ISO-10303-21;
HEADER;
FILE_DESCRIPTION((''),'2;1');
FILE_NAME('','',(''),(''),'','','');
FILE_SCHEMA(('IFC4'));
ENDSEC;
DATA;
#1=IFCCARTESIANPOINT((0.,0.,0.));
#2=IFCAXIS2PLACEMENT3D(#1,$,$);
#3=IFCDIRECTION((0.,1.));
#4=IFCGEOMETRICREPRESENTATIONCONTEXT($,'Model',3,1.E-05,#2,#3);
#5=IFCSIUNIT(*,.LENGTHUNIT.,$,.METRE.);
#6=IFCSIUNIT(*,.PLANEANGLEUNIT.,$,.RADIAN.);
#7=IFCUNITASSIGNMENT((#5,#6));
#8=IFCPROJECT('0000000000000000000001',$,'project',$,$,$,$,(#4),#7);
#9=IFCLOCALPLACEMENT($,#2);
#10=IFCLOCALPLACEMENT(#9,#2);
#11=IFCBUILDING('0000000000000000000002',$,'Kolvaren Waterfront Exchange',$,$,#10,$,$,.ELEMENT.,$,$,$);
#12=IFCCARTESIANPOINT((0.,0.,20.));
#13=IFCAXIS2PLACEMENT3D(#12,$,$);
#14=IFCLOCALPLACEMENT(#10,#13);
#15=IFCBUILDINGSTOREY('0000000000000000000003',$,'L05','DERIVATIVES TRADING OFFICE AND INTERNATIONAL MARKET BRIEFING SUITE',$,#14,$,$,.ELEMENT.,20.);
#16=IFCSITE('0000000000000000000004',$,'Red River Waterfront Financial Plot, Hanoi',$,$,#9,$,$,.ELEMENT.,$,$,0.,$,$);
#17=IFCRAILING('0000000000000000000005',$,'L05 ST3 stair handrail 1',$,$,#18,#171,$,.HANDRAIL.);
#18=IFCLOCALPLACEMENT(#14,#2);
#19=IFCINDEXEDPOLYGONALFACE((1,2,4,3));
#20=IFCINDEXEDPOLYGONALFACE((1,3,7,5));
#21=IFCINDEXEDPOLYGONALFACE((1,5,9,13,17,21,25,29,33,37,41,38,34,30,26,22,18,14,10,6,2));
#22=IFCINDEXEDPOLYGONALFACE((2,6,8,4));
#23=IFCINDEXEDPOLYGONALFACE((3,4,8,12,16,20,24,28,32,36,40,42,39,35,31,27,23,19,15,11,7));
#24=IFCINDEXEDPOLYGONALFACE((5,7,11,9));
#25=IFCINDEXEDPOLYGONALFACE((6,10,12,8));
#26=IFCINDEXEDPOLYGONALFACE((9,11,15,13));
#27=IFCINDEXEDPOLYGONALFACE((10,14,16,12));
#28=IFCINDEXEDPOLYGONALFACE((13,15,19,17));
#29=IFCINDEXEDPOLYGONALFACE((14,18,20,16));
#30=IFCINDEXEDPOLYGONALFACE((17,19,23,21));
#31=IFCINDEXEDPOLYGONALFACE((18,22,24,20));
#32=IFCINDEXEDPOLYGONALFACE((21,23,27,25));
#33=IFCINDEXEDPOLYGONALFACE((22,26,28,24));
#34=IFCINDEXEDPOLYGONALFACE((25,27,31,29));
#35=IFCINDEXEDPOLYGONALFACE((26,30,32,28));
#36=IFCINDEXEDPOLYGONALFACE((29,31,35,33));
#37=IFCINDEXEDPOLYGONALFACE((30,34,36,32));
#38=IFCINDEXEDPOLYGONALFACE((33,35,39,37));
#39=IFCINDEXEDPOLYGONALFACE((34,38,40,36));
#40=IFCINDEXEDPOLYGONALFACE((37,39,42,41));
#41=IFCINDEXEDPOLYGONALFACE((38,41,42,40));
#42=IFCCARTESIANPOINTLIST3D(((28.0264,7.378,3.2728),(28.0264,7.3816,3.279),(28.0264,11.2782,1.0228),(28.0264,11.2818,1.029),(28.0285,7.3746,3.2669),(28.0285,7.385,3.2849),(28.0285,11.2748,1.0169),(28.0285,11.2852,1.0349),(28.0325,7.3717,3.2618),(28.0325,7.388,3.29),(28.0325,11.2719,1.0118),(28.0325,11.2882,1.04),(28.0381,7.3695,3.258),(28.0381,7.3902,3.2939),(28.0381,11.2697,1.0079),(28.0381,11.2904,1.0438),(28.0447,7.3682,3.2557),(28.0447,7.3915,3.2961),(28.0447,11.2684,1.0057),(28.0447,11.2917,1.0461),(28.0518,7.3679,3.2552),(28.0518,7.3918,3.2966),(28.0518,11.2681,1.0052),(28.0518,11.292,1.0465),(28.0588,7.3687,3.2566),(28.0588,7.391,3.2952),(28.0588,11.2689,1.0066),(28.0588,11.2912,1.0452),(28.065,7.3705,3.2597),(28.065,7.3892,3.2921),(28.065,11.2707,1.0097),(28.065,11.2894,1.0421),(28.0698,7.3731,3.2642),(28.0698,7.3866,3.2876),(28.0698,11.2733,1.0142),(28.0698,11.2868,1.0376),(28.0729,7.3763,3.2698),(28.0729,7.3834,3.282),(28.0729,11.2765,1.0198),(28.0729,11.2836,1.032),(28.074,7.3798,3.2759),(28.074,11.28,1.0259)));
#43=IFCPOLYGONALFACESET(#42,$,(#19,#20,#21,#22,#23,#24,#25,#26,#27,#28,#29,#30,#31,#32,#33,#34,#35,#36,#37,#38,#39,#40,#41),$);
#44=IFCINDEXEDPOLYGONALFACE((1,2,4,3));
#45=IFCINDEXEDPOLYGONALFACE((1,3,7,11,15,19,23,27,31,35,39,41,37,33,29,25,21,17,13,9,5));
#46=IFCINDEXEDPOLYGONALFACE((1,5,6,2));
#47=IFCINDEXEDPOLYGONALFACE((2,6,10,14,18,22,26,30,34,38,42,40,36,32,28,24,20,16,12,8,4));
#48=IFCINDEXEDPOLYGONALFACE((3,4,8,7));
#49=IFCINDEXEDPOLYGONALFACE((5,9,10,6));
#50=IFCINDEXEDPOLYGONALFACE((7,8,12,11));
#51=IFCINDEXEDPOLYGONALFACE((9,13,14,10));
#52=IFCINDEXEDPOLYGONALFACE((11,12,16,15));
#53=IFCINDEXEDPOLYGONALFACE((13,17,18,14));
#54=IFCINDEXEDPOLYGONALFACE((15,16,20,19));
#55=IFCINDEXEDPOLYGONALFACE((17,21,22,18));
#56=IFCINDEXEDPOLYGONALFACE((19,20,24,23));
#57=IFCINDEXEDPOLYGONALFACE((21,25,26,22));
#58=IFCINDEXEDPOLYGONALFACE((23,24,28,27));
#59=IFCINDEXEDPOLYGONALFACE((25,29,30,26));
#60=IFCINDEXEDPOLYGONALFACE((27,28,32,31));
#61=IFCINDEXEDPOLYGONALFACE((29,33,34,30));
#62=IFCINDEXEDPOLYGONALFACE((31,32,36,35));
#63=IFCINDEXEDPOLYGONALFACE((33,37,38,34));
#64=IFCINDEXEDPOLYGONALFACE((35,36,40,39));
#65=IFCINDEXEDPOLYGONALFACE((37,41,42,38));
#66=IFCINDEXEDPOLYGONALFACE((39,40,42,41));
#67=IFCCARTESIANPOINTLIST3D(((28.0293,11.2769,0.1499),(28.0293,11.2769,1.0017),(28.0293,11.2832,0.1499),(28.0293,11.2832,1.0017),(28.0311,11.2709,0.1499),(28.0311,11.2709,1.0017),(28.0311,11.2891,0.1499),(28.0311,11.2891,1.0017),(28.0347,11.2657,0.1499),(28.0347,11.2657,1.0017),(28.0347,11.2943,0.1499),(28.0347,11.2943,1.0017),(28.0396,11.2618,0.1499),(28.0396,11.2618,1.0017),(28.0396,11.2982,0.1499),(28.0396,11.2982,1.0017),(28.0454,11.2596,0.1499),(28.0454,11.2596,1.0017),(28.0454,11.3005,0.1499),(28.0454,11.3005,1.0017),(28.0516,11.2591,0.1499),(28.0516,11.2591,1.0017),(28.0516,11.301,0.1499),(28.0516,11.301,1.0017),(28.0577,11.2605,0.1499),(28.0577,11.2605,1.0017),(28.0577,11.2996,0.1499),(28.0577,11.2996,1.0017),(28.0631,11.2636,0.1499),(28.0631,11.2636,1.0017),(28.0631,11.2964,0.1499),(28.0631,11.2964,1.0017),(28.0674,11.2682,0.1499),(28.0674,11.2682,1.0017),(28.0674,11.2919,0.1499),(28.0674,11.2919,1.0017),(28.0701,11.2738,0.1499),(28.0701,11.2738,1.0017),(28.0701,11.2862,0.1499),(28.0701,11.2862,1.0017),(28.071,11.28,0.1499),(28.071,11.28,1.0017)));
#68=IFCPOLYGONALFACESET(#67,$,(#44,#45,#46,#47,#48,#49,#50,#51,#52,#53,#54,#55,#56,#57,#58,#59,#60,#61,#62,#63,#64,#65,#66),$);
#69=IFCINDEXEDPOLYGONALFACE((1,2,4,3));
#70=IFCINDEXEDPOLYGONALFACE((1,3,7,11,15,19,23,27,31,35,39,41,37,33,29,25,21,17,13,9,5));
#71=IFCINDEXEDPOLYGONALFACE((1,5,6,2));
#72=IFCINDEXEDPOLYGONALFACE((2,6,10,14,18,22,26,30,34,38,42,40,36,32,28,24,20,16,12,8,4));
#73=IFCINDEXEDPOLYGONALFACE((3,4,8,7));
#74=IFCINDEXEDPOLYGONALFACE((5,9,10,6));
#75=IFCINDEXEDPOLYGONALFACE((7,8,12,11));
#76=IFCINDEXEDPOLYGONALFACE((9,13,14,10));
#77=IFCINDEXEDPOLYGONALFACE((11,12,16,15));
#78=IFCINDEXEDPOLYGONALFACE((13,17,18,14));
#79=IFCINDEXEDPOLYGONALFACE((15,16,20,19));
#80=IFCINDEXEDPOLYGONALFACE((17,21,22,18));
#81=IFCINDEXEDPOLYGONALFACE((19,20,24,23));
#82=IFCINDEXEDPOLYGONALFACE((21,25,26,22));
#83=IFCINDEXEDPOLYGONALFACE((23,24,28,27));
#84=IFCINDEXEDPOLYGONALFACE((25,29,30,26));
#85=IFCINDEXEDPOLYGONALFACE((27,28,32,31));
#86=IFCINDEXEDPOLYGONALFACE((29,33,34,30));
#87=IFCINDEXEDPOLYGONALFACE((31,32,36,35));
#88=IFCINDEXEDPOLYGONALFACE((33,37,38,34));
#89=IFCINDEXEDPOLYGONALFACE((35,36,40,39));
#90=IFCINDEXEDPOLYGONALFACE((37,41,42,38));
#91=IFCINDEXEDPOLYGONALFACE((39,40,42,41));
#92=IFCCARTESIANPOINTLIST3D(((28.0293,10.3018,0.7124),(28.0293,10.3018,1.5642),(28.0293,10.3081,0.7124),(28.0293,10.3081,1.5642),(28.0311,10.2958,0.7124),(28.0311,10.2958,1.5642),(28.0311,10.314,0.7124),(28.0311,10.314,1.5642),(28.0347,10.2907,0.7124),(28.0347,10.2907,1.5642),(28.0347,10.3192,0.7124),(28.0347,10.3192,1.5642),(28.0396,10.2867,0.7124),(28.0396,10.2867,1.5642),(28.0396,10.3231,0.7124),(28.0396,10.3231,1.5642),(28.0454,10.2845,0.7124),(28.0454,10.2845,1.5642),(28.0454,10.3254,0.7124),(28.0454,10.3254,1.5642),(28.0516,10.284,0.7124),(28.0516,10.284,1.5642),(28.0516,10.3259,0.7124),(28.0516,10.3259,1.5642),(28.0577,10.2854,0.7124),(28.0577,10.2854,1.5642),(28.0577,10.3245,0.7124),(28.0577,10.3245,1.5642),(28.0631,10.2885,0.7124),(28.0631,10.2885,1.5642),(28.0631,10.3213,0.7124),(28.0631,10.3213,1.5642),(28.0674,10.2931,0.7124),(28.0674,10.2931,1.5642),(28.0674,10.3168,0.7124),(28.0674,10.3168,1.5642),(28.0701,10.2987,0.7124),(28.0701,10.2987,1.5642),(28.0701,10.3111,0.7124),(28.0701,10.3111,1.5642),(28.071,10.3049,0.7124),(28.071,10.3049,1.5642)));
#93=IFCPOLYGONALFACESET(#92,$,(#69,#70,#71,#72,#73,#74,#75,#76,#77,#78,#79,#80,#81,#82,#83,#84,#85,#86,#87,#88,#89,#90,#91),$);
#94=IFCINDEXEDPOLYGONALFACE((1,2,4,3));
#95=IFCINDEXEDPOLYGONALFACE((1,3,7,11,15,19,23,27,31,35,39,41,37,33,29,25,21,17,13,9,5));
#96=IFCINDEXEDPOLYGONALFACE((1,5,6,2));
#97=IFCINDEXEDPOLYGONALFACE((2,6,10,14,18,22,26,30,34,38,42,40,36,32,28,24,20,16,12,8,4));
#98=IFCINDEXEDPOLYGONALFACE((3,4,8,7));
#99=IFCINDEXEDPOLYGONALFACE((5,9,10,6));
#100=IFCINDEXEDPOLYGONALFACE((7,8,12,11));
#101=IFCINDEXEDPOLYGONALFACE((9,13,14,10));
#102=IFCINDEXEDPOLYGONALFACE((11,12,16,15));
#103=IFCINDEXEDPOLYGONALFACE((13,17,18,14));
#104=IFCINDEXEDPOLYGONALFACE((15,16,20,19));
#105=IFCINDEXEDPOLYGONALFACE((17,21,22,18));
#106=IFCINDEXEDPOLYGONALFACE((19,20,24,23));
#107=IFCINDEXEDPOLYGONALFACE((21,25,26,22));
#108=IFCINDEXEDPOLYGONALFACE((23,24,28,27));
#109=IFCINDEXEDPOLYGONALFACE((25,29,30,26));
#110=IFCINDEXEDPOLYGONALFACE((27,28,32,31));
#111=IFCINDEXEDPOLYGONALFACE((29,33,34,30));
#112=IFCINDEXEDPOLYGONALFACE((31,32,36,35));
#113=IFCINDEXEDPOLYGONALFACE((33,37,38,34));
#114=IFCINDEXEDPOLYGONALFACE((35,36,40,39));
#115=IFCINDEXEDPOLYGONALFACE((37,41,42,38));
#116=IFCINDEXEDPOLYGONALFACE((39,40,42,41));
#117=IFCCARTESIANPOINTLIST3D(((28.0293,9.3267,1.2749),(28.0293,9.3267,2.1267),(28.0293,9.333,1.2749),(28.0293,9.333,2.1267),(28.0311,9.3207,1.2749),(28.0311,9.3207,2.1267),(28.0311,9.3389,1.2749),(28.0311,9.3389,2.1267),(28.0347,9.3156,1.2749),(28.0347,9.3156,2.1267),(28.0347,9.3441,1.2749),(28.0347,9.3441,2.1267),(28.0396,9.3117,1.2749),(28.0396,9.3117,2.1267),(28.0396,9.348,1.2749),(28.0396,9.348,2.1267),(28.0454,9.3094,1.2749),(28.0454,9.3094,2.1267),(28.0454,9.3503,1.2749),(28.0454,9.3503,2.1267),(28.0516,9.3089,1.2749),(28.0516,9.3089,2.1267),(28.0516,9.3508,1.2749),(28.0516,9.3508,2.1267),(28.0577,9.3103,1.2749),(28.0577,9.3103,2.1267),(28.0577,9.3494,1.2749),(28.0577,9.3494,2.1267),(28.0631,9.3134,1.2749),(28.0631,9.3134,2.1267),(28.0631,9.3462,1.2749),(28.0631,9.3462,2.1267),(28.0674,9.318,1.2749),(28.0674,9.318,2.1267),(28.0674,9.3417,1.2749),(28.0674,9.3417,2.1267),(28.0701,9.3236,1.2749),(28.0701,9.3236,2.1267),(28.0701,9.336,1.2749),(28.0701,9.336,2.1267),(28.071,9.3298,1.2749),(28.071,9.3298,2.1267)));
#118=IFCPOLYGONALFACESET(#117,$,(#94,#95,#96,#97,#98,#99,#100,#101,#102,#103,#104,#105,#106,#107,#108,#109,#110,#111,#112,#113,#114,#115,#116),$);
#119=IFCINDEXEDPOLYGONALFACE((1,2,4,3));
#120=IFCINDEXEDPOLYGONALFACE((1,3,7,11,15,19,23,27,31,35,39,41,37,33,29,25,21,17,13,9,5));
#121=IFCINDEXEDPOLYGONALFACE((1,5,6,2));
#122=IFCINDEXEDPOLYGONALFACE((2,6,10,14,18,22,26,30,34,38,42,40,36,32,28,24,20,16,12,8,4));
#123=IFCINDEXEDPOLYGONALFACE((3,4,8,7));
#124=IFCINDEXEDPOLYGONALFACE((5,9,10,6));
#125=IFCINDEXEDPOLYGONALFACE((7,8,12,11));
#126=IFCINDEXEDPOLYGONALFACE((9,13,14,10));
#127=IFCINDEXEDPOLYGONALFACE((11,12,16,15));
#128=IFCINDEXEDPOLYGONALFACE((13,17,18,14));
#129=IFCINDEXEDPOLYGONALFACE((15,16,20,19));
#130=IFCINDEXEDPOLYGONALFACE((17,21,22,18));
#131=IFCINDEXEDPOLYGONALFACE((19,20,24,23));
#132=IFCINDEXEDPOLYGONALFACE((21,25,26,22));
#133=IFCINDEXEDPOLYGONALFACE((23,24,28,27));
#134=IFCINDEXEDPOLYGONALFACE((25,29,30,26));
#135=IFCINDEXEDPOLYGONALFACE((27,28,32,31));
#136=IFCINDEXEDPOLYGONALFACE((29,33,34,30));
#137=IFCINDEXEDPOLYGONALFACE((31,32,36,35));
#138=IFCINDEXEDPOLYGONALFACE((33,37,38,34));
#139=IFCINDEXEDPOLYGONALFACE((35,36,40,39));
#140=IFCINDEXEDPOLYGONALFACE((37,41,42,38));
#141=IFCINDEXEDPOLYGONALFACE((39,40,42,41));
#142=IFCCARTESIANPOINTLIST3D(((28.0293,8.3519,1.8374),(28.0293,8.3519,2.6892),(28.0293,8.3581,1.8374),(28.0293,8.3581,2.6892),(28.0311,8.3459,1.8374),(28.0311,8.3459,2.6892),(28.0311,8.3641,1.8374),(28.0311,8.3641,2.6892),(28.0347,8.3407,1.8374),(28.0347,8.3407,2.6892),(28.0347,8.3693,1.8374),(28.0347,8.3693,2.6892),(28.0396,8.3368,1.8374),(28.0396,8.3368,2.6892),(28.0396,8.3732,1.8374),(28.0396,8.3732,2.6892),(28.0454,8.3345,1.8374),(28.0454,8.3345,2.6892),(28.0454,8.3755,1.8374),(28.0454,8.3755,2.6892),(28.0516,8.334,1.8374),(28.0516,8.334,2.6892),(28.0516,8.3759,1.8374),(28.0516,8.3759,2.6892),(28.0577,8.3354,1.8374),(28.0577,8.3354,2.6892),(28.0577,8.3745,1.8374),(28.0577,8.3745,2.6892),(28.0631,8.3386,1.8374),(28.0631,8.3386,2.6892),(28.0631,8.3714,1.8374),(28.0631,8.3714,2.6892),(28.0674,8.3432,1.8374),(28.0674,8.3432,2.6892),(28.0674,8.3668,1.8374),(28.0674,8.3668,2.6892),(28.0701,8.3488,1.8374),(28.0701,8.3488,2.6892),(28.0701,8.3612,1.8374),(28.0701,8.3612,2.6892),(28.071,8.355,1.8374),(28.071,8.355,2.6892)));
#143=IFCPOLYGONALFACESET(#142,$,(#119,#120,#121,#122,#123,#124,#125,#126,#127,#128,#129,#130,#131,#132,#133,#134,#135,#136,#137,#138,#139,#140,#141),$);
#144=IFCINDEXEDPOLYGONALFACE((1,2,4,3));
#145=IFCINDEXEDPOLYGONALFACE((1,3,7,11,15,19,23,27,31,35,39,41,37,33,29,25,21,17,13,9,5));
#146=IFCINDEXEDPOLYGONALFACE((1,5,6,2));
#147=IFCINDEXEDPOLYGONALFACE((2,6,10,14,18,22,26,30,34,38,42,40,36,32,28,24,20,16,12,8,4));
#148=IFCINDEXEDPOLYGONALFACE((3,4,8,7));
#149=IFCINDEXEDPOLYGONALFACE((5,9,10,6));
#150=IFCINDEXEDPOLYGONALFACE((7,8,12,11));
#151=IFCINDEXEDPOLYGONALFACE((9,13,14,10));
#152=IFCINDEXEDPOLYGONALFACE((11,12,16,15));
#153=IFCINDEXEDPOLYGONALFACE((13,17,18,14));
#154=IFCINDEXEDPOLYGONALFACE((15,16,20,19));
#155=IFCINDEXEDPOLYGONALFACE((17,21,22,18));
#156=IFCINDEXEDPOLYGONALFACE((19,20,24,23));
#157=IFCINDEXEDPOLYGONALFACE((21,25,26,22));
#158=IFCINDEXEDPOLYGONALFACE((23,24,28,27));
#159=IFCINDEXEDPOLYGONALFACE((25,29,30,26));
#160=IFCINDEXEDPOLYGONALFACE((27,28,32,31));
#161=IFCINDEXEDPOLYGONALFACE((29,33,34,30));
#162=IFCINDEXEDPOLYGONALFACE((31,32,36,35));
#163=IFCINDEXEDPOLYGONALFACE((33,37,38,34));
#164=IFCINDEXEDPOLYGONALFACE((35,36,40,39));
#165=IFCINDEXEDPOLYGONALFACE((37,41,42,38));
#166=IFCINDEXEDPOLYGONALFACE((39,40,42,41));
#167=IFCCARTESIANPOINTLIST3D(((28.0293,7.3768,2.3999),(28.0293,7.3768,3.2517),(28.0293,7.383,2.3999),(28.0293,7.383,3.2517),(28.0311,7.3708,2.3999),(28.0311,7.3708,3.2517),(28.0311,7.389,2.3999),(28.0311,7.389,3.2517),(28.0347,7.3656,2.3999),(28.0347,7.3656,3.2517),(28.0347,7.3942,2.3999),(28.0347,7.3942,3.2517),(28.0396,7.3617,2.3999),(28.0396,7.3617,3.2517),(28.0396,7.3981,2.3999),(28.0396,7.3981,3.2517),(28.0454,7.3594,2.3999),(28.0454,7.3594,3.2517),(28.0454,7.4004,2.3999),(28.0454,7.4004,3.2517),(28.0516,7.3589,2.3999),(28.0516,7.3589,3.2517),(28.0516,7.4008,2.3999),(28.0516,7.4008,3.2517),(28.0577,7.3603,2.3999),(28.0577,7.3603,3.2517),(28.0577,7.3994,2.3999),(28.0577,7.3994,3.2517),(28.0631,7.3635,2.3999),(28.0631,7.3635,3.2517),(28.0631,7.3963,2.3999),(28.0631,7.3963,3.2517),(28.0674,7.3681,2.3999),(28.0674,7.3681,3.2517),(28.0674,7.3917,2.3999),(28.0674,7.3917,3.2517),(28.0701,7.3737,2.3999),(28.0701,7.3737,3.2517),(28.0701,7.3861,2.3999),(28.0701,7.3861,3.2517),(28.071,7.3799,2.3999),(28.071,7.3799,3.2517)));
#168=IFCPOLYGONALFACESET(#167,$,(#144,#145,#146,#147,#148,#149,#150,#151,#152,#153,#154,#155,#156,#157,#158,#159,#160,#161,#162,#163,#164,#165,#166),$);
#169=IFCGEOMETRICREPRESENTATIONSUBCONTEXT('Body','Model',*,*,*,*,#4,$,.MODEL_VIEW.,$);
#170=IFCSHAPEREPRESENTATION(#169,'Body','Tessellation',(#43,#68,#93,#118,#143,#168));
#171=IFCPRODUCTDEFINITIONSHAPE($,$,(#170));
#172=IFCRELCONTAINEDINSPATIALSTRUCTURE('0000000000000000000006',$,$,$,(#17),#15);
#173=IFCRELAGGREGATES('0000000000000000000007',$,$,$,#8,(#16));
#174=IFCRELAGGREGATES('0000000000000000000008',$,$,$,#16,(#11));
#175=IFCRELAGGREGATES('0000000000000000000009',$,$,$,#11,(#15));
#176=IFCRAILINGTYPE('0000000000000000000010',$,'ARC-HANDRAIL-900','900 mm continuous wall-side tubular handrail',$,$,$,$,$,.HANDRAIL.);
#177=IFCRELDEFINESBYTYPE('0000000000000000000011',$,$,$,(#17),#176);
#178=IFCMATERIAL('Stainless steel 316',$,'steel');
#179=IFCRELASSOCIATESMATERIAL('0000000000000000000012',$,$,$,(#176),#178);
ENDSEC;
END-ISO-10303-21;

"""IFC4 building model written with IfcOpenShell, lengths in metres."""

from ifc_helpers import new_model, si_unit, direction, frame, origin, origin_2d, place, context, subcontext, project, spatial, circle, extrude, material, type_object, element, save


model = new_model("IFC4")

# Units and contexts
model_context = context("Model", 3, precision=1e-05, world=origin(), true_north=direction((0.0, 1.0)))
body_context = subcontext(model_context, "Body", "Model", "MODEL_VIEW")
ifc_project = project(units=[si_unit("LENGTHUNIT", "METRE"), si_unit("PLANEANGLEUNIT", "RADIAN")], contexts=[model_context])

# Site, building, storey
site_placement = place(None, origin())
site = spatial("IfcSite", under=ifc_project, at=site_placement, Name="Red River Waterfront Financial Plot, Hanoi", CompositionType="ELEMENT", RefElevation=0.0)
building_placement = place(site_placement, origin())
building = spatial("IfcBuilding", under=site, at=building_placement, Name="Kolvaren Waterfront Exchange", CompositionType="ELEMENT")
storey_placement = place(building_placement, frame((0.0, 0.0, 20.0)))
storey = spatial("IfcBuildingStorey", under=building, at=storey_placement, Name="L05", Description="DERIVATIVES TRADING OFFICE AND INTERNATIONAL MARKET BRIEFING SUITE", CompositionType="ELEMENT", Elevation=20.0)

# Railing
ifc_material_1 = material(Name="Stainless steel 316", Category="steel")
railing_type_1 = type_object("IfcRailingType", Name="ARC-HANDRAIL-900", Description="900 mm continuous wall-side tubular handrail", PredefinedType="HANDRAIL", material=ifc_material_1)
railing_1_placement = place(storey_placement, frame((28.05, 11.28, 0.1499)))
element("IfcRailing", 1, at=railing_1_placement, inside=storey, type_object=railing_type_1, Name="L05 ST3 stair handrail 1", PredefinedType="HANDRAIL", context=body_context, shape_type="SweptSolid", body=[
    extrude(circle(Radius=0.0239, at=origin_2d()), frame((0.0, 0.0, 0.876), z_axis=(0.0, -0.866194, 0.499708), x_axis=(1.0, 0.0, 0.0)), (0.0, 0.0, 1.0), 4.5027),
    extrude(circle(Radius=0.021, at=origin_2d()), origin(), (0.0, 0.0, 1.0), 0.8518),
    extrude(circle(Radius=0.021, at=origin_2d()), frame((0.0, -0.9751, 0.5625)), (0.0, 0.0, 1.0), 0.8518),
    extrude(circle(Radius=0.021, at=origin_2d()), frame((0.0, -1.9502, 1.125)), (0.0, 0.0, 1.0), 0.8518),
    extrude(circle(Radius=0.021, at=origin_2d()), frame((0.0, -2.925, 1.6875)), (0.0, 0.0, 1.0), 0.8518),
    extrude(circle(Radius=0.021, at=origin_2d()), frame((0.0, -3.9001, 2.25)), (0.0, 0.0, 1.0), 0.8518),
])

save(model, "model.ifc")
